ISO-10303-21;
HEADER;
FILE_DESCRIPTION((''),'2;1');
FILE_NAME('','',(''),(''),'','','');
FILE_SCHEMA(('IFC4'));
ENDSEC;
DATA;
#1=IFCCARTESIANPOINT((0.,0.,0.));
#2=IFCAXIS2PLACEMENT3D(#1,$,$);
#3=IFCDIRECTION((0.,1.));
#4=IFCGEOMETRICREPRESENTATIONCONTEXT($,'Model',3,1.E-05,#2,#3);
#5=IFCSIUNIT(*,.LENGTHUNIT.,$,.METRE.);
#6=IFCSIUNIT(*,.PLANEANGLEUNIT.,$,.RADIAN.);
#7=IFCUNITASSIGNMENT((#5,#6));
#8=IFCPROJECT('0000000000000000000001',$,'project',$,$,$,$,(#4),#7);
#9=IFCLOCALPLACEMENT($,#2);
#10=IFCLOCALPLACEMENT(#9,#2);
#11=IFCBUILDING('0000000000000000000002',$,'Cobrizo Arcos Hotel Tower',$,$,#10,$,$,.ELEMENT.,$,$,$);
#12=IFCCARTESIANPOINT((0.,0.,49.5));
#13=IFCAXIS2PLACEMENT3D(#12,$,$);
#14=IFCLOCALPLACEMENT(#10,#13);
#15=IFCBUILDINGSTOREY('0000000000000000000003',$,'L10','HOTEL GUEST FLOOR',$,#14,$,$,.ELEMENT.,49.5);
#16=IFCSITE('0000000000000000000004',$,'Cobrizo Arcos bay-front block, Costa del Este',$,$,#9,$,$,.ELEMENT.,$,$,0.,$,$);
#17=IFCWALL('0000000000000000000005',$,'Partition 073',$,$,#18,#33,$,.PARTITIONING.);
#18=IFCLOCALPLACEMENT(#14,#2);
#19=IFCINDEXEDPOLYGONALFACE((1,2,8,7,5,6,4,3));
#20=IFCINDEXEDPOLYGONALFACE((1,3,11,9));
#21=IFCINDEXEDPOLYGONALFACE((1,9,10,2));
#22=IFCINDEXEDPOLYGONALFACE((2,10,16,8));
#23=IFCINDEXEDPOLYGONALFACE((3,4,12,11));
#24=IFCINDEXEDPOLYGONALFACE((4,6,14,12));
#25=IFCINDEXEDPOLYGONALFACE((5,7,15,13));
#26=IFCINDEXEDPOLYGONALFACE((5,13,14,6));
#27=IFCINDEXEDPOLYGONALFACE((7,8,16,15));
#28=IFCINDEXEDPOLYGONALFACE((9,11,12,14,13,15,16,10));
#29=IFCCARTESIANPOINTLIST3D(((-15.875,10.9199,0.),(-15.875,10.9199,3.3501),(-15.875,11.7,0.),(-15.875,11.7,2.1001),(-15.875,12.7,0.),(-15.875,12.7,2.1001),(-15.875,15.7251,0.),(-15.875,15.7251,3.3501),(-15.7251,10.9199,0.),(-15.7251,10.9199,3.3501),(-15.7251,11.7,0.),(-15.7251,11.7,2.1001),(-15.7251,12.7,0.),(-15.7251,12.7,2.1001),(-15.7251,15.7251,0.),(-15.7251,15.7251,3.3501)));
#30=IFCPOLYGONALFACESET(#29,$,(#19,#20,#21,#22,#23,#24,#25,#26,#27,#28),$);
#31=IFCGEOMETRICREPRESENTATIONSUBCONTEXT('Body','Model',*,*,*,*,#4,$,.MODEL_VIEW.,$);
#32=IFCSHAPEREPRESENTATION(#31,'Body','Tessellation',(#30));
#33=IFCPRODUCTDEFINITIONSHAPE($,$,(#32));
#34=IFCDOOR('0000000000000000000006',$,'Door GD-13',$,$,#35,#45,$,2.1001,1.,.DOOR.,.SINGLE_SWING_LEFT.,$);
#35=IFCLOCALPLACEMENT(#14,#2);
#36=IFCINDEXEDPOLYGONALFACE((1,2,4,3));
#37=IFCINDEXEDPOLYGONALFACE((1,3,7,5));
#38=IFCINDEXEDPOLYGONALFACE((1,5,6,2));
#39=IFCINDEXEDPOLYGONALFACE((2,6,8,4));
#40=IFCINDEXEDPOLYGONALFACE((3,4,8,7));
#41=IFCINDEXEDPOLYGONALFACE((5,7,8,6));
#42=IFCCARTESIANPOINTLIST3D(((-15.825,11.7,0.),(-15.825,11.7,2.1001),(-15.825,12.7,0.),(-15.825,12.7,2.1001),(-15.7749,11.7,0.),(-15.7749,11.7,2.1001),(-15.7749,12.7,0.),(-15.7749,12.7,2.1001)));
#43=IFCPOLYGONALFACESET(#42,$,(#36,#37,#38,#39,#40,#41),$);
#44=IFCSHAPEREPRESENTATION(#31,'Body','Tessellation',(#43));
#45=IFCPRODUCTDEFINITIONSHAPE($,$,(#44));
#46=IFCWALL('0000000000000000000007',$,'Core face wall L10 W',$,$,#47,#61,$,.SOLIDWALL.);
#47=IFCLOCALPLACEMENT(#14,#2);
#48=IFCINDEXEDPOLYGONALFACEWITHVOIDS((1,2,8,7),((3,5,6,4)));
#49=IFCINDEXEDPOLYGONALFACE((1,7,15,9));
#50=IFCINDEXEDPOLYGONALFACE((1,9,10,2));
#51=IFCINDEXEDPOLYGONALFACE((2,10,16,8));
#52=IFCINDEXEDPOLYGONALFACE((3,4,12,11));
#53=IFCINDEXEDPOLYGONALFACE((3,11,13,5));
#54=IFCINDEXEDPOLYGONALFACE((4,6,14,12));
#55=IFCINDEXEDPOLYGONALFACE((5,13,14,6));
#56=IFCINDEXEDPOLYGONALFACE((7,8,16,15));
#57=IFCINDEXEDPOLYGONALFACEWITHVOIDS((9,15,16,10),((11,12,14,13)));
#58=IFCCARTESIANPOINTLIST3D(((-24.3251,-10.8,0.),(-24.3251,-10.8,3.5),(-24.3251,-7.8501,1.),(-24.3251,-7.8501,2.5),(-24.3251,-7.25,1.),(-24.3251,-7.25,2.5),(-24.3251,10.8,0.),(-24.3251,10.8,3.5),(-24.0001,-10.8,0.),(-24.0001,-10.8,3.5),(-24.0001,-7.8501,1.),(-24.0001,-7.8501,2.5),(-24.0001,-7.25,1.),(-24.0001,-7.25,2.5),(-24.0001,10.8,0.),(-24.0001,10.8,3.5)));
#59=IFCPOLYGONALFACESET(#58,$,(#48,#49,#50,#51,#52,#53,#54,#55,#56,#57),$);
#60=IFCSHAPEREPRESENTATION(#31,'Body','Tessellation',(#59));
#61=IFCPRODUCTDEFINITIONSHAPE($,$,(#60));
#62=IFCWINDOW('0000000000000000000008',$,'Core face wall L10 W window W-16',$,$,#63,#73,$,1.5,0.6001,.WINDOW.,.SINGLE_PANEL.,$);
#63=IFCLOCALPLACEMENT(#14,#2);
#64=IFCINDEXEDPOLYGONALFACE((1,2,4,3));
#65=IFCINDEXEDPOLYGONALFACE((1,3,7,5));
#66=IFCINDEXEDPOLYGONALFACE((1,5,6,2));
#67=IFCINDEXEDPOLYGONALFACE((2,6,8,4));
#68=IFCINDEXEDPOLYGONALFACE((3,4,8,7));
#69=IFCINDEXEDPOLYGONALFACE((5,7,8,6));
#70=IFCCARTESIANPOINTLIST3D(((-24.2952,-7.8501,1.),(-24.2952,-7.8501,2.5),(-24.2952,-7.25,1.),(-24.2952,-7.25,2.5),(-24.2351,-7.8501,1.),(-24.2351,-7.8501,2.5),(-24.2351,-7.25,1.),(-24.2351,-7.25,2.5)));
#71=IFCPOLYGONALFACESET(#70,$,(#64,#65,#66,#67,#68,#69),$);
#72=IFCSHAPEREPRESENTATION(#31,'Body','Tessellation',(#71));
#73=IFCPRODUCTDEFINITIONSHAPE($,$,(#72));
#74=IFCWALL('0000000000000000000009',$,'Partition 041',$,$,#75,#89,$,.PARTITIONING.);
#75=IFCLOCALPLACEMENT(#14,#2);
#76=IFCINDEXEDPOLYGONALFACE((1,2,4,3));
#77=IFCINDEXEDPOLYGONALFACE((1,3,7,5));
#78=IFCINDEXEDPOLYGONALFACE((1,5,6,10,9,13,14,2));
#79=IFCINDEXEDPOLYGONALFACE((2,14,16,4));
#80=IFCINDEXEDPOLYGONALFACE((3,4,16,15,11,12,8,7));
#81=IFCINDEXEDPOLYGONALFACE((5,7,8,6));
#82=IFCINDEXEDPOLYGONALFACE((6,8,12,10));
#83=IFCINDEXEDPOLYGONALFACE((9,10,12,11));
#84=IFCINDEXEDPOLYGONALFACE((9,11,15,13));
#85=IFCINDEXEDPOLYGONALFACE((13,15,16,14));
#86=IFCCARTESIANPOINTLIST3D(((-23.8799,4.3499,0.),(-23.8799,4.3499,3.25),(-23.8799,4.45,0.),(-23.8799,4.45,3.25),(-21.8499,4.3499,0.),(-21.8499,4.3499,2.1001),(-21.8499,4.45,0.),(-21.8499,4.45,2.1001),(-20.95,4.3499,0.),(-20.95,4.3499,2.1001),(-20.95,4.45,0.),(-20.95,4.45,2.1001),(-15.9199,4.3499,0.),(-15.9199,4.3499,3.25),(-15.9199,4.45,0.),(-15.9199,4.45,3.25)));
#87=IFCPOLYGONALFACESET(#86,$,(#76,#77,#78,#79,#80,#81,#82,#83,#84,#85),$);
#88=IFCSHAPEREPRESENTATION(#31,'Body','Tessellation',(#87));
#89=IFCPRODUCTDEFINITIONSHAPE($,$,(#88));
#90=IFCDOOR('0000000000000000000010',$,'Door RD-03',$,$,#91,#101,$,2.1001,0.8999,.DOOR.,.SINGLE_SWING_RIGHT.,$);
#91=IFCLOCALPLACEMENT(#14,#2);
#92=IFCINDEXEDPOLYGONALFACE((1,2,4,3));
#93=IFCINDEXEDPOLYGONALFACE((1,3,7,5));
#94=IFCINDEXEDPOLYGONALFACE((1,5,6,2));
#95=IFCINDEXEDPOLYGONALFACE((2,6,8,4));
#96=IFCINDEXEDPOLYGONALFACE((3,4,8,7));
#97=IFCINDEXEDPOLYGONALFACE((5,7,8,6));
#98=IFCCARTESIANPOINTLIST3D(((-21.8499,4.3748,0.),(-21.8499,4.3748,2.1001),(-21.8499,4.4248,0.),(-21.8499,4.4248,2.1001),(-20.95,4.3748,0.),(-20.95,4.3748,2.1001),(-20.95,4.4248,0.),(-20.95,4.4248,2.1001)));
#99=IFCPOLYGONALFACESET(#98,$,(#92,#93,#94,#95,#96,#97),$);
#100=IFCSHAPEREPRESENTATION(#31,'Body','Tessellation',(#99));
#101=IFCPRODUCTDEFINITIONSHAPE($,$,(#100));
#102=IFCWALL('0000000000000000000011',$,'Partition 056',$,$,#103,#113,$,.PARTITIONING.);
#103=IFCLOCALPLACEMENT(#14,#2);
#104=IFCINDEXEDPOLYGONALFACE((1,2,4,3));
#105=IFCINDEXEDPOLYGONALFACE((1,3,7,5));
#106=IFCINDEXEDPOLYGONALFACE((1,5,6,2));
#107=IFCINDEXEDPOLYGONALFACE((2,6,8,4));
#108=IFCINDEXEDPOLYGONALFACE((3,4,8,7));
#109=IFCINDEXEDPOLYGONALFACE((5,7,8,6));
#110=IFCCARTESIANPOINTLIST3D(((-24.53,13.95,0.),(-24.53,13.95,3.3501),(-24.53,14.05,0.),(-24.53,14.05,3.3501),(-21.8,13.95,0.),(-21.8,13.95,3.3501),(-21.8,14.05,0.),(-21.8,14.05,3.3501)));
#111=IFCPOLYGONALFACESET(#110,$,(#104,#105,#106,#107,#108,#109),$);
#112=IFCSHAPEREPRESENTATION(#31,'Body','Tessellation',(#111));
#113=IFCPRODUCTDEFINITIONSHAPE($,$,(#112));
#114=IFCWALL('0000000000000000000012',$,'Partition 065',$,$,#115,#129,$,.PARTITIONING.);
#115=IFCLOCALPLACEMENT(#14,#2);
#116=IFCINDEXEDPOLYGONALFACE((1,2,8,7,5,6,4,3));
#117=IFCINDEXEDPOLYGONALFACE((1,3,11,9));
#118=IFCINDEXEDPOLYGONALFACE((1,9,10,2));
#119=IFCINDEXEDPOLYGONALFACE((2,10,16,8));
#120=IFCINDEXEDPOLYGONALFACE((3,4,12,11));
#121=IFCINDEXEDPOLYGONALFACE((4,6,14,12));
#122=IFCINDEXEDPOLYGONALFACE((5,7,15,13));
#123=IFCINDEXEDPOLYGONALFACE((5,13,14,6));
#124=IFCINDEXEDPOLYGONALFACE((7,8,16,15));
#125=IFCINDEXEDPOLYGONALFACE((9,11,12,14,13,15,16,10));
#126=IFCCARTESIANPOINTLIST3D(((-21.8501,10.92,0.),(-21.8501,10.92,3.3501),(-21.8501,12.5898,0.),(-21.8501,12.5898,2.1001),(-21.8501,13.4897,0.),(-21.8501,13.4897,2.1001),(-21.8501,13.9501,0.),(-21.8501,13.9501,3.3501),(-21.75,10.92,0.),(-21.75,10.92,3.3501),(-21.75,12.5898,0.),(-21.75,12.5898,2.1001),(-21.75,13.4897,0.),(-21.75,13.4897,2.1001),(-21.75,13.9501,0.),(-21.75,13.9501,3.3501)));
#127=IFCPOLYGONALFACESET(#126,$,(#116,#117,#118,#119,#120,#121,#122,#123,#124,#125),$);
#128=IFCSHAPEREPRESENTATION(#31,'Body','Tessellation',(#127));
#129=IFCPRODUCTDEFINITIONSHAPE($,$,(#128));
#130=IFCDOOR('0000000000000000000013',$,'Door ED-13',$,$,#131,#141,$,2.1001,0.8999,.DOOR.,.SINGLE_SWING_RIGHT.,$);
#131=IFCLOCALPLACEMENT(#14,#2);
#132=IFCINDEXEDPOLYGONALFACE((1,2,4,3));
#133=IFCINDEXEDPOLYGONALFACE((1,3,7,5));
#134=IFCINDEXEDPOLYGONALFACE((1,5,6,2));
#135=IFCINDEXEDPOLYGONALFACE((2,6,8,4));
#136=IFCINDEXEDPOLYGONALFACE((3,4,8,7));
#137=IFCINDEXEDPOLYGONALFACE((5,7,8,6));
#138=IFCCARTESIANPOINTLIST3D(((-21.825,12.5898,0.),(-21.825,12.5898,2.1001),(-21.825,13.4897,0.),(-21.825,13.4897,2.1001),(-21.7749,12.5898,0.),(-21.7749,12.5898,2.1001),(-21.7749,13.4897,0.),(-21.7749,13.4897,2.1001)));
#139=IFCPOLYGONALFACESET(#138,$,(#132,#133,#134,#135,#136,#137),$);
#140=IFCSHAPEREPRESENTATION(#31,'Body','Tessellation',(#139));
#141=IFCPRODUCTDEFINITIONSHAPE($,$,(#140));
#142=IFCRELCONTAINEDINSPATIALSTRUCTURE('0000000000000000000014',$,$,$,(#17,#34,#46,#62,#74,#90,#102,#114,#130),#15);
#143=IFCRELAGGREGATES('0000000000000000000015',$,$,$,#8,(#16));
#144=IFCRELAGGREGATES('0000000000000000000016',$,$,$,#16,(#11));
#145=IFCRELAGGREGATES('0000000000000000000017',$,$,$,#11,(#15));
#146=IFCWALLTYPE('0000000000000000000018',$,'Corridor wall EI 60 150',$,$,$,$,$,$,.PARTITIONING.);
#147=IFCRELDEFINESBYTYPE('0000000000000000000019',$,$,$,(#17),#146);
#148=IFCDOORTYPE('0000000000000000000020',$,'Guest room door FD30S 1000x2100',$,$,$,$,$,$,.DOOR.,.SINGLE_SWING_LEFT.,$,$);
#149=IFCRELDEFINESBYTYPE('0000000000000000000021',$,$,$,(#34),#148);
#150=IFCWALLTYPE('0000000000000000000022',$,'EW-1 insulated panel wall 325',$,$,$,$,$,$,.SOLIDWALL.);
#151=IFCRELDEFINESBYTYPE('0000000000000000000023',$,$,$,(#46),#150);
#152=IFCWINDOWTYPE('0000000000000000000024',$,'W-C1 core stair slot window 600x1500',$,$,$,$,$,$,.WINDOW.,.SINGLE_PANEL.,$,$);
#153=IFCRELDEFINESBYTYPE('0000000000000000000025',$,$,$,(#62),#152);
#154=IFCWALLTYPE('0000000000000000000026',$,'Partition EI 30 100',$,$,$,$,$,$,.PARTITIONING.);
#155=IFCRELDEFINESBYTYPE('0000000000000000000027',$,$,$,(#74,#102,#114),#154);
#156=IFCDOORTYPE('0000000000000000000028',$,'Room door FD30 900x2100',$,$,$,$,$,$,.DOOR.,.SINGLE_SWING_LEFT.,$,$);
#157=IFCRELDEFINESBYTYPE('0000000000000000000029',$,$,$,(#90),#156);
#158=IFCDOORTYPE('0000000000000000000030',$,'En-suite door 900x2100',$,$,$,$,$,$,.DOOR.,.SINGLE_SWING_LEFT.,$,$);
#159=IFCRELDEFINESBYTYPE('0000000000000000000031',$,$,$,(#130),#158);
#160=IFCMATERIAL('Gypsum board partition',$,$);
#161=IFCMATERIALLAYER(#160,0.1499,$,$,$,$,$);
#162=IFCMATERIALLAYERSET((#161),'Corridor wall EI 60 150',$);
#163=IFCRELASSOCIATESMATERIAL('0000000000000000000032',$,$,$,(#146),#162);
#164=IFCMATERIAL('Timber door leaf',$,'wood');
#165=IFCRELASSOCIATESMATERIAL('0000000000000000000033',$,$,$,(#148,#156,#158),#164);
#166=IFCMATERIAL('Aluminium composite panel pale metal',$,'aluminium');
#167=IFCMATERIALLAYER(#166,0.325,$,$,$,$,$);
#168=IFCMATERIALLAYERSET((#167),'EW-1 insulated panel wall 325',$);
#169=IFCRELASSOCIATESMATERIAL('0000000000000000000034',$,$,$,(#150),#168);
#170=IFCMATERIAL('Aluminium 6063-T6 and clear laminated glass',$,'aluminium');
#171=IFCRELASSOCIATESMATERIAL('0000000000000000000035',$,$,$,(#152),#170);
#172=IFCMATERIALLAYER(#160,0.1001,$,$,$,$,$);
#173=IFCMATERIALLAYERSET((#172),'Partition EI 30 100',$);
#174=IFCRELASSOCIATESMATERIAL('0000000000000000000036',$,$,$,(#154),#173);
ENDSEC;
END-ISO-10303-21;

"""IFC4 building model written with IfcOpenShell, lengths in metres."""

from ifc_helpers import new_model, si_unit, direction, frame, frame_2d, origin, place, context, subcontext, project, spatial, rectangle, extrude, material, layer, layer_set, type_object, element, fill, save


model = new_model("IFC4")

# Units and contexts
model_context = context("Model", 3, precision=1e-05, world=origin(), true_north=direction((0.0, 1.0)))
body_context = subcontext(model_context, "Body", "Model", "MODEL_VIEW")
ifc_project = project(units=[si_unit("LENGTHUNIT", "METRE"), si_unit("PLANEANGLEUNIT", "RADIAN")], contexts=[model_context])

# Site, building, storey
site_placement = place(None, origin())
site = spatial("IfcSite", under=ifc_project, at=site_placement, Name="Cobrizo Arcos bay-front block, Costa del Este", CompositionType="ELEMENT", RefElevation=0.0)
building_placement = place(site_placement, origin())
building = spatial("IfcBuilding", under=site, at=building_placement, Name="Cobrizo Arcos Hotel Tower", CompositionType="ELEMENT")
storey_placement = place(building_placement, frame((0.0, 0.0, 49.5)))
storey = spatial("IfcBuildingStorey", under=building, at=storey_placement, Name="L10", Description="HOTEL GUEST FLOOR", CompositionType="ELEMENT", Elevation=49.5)

# Shared definitions
ifc_material_1 = material(Name="Aluminium composite panel pale metal", Category="aluminium")

# Wall, opening, door
ifc_material_2 = material(Name="Gypsum board partition")
ifc_layer_1 = layer(ifc_material_2, 0.1499)
ifc_layer_set_1 = layer_set([ifc_layer_1], Name="Corridor wall EI 60 150")
wall_type_1 = type_object("IfcWallType", Name="Corridor wall EI 60 150", PredefinedType="PARTITIONING", material=ifc_layer_set_1)
wall_1_placement = place(storey_placement, frame((-15.8, 10.9199, 0.0), z_axis=(0.0, 0.0, 1.0), x_axis=(0.0, 1.0, 0.0)))
wall_1 = element("IfcWall", 1, at=wall_1_placement, inside=storey, type_object=wall_type_1, Name="Partition 073", PredefinedType="PARTITIONING", context=body_context, shape_type="SweptSolid", body=[
    extrude(rectangle(XDim=4.8052, YDim=0.1499, at=frame_2d((2.4026, 0.0))), origin(), (0.0, 0.0, 1.0), 3.3501),
])
opening_1_placement = place(wall_1_placement, frame((0.78, 0.0, 0.0)))
opening_1 = element("IfcOpeningElement", 2, at=opening_1_placement, cuts=wall_1, PredefinedType="OPENING", context=body_context, shape_type="SweptSolid", body=[
    extrude(rectangle(XDim=1.0, YDim=2.1001, at=frame_2d((0.5, 1.05))), frame((0.0, 0.0869, 0.0), z_axis=(0.0, -1.0, 0.0), x_axis=(1.0, 0.0, 0.0)), (0.0, 0.0, 1.0), 0.1738),
])
ifc_material_3 = material(Name="Timber door leaf", Category="wood")
door_type_1 = type_object("IfcDoorType", Name="Guest room door FD30S 1000x2100", OperationType="SINGLE_SWING_LEFT", PredefinedType="DOOR", material=ifc_material_3)
door_1_placement = place(opening_1_placement, origin())
door_1 = element("IfcDoor", 3, at=door_1_placement, inside=storey, type_object=door_type_1, Name="Door GD-13", OperationType="SINGLE_SWING_LEFT", OverallHeight=2.1001, OverallWidth=1.0, PredefinedType="DOOR", context=body_context, shape_type="SweptSolid", body=[
    extrude(rectangle(XDim=1.0, YDim=2.1001, at=frame_2d((0.5, 1.05))), frame((0.0, 0.0249, 0.0), z_axis=(0.0, -1.0, 0.0), x_axis=(1.0, 0.0, 0.0)), (0.0, 0.0, 1.0), 0.05),
])
fill(opening_1, door_1)

# Wall, opening, window
ifc_layer_2 = layer(ifc_material_1, 0.325)
ifc_layer_set_2 = layer_set([ifc_layer_2], Name="EW-1 insulated panel wall 325")
wall_type_2 = type_object("IfcWallType", Name="EW-1 insulated panel wall 325", PredefinedType="SOLIDWALL", material=ifc_layer_set_2)
wall_2_placement = place(storey_placement, frame((-24.1626, 10.8, 0.0), z_axis=(0.0, 0.0, 1.0), x_axis=(0.0, -1.0, 0.0)))
wall_2 = element("IfcWall", 4, at=wall_2_placement, inside=storey, type_object=wall_type_2, Name="Core face wall L10 W", PredefinedType="SOLIDWALL", context=body_context, shape_type="SweptSolid", body=[
    extrude(rectangle(XDim=21.6001, YDim=0.325, at=frame_2d((10.8, 0.0))), origin(), (0.0, 0.0, 1.0), 3.5),
])
opening_2_placement = place(wall_2_placement, frame((18.05, 0.0, 1.0)))
opening_2 = element("IfcOpeningElement", 5, at=opening_2_placement, cuts=wall_2, PredefinedType="OPENING", context=body_context, shape_type="SweptSolid", body=[
    extrude(rectangle(XDim=0.6001, YDim=1.5, at=frame_2d((0.3, 0.75))), frame((0.0, 0.1746, 0.0), z_axis=(0.0, -1.0, 0.0), x_axis=(1.0, 0.0, 0.0)), (0.0, 0.0, 1.0), 0.3489),
])
ifc_material_4 = material(Name="Aluminium 6063-T6 and clear laminated glass", Category="aluminium")
window_type = type_object("IfcWindowType", Name="W-C1 core stair slot window 600x1500", PartitioningType="SINGLE_PANEL", PredefinedType="WINDOW", material=ifc_material_4)
window_placement = place(opening_2_placement, origin())
window = element("IfcWindow", 6, at=window_placement, inside=storey, type_object=window_type, Name="Core face wall L10 W window W-16", OverallHeight=1.5, OverallWidth=0.6001, PartitioningType="SINGLE_PANEL", PredefinedType="WINDOW", context=body_context, shape_type="SweptSolid", body=[
    extrude(rectangle(XDim=0.6001, YDim=1.5, at=frame_2d((0.3, 0.75))), frame((0.0, -0.0725, 0.0), z_axis=(0.0, -1.0, 0.0), x_axis=(1.0, 0.0, 0.0)), (0.0, 0.0, 1.0), 0.0601),
])
fill(opening_2, window)

# Wall, opening, door
ifc_layer_3 = layer(ifc_material_2, 0.1001)
ifc_layer_set_3 = layer_set([ifc_layer_3], Name="Partition EI 30 100")
wall_type_3 = type_object("IfcWallType", Name="Partition EI 30 100", PredefinedType="PARTITIONING", material=ifc_layer_set_3)
wall_3_placement = place(storey_placement, frame((-23.8799, 4.3999, 0.0), z_axis=(0.0, 0.0, 1.0), x_axis=(1.0, 0.0, 0.0)))
wall_3 = element("IfcWall", 7, at=wall_3_placement, inside=storey, type_object=wall_type_3, Name="Partition 041", PredefinedType="PARTITIONING", context=body_context, shape_type="SweptSolid", body=[
    extrude(rectangle(XDim=7.96, YDim=0.1001, at=frame_2d((3.98, 0.0))), origin(), (0.0, 0.0, 1.0), 3.25),
])
opening_3_placement = place(wall_3_placement, frame((2.03, 0.0, 0.0)))
opening_3 = element("IfcOpeningElement", 8, at=opening_3_placement, cuts=wall_3, PredefinedType="OPENING", context=body_context, shape_type="SweptSolid", body=[
    extrude(rectangle(XDim=0.8999, YDim=2.1001, at=frame_2d((0.45, 1.05))), frame((0.0, 0.062, 0.0), z_axis=(0.0, -1.0, 0.0), x_axis=(1.0, 0.0, 0.0)), (0.0, 0.0, 1.0), 0.124),
])
door_type_2 = type_object("IfcDoorType", Name="Room door FD30 900x2100", OperationType="SINGLE_SWING_LEFT", PredefinedType="DOOR", material=ifc_material_3)
door_2_placement = place(opening_3_placement, origin())
door_2 = element("IfcDoor", 9, at=door_2_placement, inside=storey, type_object=door_type_2, Name="Door RD-03", OperationType="SINGLE_SWING_RIGHT", OverallHeight=2.1001, OverallWidth=0.8999, PredefinedType="DOOR", context=body_context, shape_type="SweptSolid", body=[
    extrude(rectangle(XDim=0.8999, YDim=2.1001, at=frame_2d((0.45, 1.05))), frame((0.0, 0.0249, 0.0), z_axis=(0.0, -1.0, 0.0), x_axis=(1.0, 0.0, 0.0)), (0.0, 0.0, 1.0), 0.05),
])
fill(opening_3, door_2)

# Wall
wall_4_placement = place(storey_placement, frame((-24.53, 14.0, 0.0), z_axis=(0.0, 0.0, 1.0), x_axis=(1.0, 0.0, 0.0)))
element("IfcWall", 10, at=wall_4_placement, inside=storey, type_object=wall_type_3, Name="Partition 056", PredefinedType="PARTITIONING", context=body_context, shape_type="SweptSolid", body=[
    extrude(rectangle(XDim=2.73, YDim=0.1001, at=frame_2d((1.365, 0.0))), origin(), (0.0, 0.0, 1.0), 3.3501),
])

# Wall, opening, door
wall_5_placement = place(storey_placement, frame((-21.8, 10.9199, 0.0), z_axis=(0.0, 0.0, 1.0), x_axis=(0.0, 1.0, 0.0)))
wall_5 = element("IfcWall", 11, at=wall_5_placement, inside=storey, type_object=wall_type_3, Name="Partition 065", PredefinedType="PARTITIONING", context=body_context, shape_type="SweptSolid", body=[
    extrude(rectangle(XDim=3.03, YDim=0.1001, at=frame_2d((1.5151, 0.0))), origin(), (0.0, 0.0, 1.0), 3.3501),
])
opening_4_placement = place(wall_5_placement, frame((1.6699, 0.0, 0.0)))
opening_4 = element("IfcOpeningElement", 12, at=opening_4_placement, cuts=wall_5, PredefinedType="OPENING", context=body_context, shape_type="SweptSolid", body=[
    extrude(rectangle(XDim=0.8999, YDim=2.1001, at=frame_2d((0.45, 1.05))), frame((0.0, 0.062, 0.0), z_axis=(0.0, -1.0, 0.0), x_axis=(1.0, 0.0, 0.0)), (0.0, 0.0, 1.0), 0.124),
])
door_type_3 = type_object("IfcDoorType", Name="En-suite door 900x2100", OperationType="SINGLE_SWING_LEFT", PredefinedType="DOOR", material=ifc_material_3)
door_3_placement = place(opening_4_placement, origin())
door_3 = element("IfcDoor", 13, at=door_3_placement, inside=storey, type_object=door_type_3, Name="Door ED-13", OperationType="SINGLE_SWING_RIGHT", OverallHeight=2.1001, OverallWidth=0.8999, PredefinedType="DOOR", context=body_context, shape_type="SweptSolid", body=[
    extrude(rectangle(XDim=0.8999, YDim=2.1001, at=frame_2d((0.45, 1.05))), frame((0.0, 0.0249, 0.0), z_axis=(0.0, -1.0, 0.0), x_axis=(1.0, 0.0, 0.0)), (0.0, 0.0, 1.0), 0.05),
])
fill(opening_4, door_3)

save(model, "model.ifc")
